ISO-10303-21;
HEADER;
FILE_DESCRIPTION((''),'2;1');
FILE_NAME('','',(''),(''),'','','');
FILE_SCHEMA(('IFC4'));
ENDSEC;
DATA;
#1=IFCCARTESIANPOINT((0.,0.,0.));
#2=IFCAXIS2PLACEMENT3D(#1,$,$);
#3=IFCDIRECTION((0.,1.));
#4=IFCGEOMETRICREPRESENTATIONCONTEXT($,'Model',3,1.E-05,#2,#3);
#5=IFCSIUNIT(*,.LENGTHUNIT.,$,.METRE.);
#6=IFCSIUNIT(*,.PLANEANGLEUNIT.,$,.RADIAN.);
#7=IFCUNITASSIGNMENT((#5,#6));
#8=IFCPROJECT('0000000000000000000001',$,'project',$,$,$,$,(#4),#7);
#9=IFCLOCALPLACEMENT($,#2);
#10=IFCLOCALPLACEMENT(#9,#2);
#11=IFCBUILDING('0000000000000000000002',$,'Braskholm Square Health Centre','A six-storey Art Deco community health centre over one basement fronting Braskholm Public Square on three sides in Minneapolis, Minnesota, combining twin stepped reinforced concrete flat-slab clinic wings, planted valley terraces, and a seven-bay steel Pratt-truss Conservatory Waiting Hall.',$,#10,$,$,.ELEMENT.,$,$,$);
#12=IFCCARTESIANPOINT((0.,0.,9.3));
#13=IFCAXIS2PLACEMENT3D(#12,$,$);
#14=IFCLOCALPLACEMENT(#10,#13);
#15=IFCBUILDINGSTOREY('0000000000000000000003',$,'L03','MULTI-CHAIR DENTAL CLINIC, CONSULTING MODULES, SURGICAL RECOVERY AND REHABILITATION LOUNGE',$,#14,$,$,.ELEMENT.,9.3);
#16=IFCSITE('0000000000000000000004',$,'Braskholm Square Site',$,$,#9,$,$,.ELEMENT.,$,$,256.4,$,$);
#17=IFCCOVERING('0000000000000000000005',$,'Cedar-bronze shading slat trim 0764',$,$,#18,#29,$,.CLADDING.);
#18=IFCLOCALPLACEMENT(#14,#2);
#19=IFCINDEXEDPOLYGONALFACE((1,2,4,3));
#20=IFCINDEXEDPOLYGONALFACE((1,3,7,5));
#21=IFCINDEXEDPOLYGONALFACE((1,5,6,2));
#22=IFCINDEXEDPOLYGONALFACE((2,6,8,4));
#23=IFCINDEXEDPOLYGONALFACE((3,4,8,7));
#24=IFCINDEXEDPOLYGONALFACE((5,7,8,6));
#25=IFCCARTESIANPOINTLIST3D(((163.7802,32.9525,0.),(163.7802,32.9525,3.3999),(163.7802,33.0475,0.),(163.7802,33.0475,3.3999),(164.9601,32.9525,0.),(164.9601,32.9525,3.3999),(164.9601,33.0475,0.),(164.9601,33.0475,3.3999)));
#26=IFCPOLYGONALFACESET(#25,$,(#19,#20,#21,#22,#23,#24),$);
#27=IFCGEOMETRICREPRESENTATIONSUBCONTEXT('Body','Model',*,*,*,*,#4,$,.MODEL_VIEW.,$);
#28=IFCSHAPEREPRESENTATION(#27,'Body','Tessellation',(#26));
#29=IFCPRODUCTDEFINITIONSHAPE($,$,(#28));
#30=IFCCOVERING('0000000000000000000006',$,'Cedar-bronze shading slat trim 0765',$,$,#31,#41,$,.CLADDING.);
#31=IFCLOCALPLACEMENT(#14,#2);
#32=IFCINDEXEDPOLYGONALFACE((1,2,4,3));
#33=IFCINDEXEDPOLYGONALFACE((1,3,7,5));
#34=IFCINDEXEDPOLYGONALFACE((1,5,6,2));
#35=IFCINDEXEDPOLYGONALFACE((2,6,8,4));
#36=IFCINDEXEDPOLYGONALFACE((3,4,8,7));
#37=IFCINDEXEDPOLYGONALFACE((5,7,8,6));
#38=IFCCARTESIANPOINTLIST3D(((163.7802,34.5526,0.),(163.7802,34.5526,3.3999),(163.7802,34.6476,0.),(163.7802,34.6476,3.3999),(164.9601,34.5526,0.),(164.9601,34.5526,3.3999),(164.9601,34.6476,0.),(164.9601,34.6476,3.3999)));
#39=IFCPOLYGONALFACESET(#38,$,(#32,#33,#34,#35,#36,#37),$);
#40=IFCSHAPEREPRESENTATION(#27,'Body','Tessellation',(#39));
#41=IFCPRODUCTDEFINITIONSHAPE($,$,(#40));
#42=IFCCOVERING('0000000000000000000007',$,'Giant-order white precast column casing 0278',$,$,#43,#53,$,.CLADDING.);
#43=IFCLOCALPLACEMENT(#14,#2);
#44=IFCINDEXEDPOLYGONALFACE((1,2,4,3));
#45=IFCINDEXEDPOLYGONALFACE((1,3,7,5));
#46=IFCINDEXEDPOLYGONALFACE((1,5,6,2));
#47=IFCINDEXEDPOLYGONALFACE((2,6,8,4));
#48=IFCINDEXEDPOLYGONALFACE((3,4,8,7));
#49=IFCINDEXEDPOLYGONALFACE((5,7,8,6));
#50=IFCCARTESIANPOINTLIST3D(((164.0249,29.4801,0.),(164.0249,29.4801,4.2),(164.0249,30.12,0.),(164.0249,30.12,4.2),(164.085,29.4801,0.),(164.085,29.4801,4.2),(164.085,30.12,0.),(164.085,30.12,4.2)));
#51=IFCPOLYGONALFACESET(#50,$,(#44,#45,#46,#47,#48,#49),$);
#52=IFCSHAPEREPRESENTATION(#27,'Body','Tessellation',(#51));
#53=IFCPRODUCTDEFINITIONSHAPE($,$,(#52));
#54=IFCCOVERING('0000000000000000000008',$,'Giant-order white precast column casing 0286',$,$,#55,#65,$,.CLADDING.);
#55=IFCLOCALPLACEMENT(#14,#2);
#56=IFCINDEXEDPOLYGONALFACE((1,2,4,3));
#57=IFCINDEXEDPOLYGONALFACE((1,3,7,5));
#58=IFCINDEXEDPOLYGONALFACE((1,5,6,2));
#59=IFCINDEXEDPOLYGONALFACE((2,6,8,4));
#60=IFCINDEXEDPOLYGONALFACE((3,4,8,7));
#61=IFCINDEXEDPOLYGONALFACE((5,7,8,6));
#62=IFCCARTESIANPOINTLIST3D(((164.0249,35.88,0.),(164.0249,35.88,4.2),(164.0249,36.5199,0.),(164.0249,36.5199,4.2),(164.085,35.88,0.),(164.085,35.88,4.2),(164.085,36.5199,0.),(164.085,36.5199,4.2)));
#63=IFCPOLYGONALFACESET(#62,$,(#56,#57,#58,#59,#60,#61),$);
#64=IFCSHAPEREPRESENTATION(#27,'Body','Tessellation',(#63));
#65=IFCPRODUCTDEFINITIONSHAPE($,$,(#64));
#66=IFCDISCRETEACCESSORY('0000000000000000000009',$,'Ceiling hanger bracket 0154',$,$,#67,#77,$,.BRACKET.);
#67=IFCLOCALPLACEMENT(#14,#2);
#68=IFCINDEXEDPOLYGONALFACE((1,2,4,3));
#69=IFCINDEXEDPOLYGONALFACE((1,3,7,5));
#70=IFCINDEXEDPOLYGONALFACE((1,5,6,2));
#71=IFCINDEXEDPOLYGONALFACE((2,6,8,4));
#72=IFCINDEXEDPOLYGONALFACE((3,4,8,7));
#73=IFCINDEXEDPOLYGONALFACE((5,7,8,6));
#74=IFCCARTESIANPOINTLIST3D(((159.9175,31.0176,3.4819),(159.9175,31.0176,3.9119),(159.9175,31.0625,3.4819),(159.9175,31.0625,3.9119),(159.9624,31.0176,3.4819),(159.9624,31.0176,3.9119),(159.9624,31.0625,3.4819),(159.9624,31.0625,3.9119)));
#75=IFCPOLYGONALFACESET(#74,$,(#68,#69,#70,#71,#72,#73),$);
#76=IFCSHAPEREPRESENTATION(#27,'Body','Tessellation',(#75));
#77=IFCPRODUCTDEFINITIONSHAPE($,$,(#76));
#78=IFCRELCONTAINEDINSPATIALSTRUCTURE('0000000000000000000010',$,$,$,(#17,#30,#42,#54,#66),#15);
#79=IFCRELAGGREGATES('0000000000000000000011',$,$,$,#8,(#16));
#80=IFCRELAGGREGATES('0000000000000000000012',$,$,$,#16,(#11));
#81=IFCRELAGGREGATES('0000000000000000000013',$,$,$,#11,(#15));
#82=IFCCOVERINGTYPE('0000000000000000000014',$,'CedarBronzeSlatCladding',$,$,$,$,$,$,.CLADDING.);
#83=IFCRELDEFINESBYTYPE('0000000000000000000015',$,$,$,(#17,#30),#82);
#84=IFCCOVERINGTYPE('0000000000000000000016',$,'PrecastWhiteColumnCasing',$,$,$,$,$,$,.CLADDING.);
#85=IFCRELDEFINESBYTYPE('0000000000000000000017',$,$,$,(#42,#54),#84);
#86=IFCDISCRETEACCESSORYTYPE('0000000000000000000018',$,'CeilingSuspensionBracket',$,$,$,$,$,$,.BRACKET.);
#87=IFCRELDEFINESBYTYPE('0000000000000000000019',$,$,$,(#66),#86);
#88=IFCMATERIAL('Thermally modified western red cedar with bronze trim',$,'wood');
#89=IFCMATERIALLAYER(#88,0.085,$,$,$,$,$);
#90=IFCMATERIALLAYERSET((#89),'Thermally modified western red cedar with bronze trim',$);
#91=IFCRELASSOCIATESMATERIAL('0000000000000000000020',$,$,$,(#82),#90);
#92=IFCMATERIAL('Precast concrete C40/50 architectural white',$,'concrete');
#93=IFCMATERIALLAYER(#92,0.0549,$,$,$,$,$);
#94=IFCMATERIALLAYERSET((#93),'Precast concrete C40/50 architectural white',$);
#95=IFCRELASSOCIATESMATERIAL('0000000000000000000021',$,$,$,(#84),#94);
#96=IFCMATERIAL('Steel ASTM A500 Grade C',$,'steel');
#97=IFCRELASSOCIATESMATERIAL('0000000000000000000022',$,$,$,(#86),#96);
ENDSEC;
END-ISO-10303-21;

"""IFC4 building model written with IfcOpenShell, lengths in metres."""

from ifc_helpers import new_model, si_unit, direction, frame, origin, origin_2d, place, context, subcontext, project, spatial, rectangle, extrude, material, layer, layer_set, type_object, element, save


model = new_model("IFC4")

# Units and contexts
model_context = context("Model", 3, precision=1e-05, world=origin(), true_north=direction((0.0, 1.0)))
body_context = subcontext(model_context, "Body", "Model", "MODEL_VIEW")
ifc_project = project(units=[si_unit("LENGTHUNIT", "METRE"), si_unit("PLANEANGLEUNIT", "RADIAN")], contexts=[model_context])

# Site, building, storey
site_placement = place(None, origin())
site = spatial("IfcSite", under=ifc_project, at=site_placement, Name="Braskholm Square Site", CompositionType="ELEMENT", RefElevation=256.4)
building_placement = place(site_placement, origin())
building = spatial("IfcBuilding", under=site, at=building_placement, Name="Braskholm Square Health Centre", Description="A six-storey Art Deco community health centre over one basement fronting Braskholm Public Square on three sides in Minneapolis, Minnesota, combining twin stepped reinforced concrete flat-slab clinic wings, planted valley terraces, and a seven-bay steel Pratt-truss Conservatory Waiting Hall.", CompositionType="ELEMENT")
storey_placement = place(building_placement, frame((0.0, 0.0, 9.3)))
storey = spatial("IfcBuildingStorey", under=building, at=storey_placement, Name="L03", Description="MULTI-CHAIR DENTAL CLINIC, CONSULTING MODULES, SURGICAL RECOVERY AND REHABILITATION LOUNGE", CompositionType="ELEMENT", Elevation=9.3)

# Shared definitions
ifc_material_1 = material(Name="Precast concrete C40/50 architectural white", Category="concrete")

# Shared definitions
ifc_material_2 = material(Name="Thermally modified western red cedar with bronze trim", Category="wood")

# Coverings
ifc_layer_1 = layer(ifc_material_2, 0.085)
ifc_layer_set_1 = layer_set([ifc_layer_1], Name="Thermally modified western red cedar with bronze trim")
covering_type_1 = type_object("IfcCoveringType", Name="CedarBronzeSlatCladding", PredefinedType="CLADDING", material=ifc_layer_set_1)
for number, where, z_axis, x_axis, name in (
    (1, (164.3701, 33.0, 0.0), (0.0, 0.0, 1.0), (1.0, 0.0, 0.0), "Cedar-bronze shading slat trim 0764"),
    (2, (164.3701, 34.6001, 0.0), (0.0, 0.0, 1.0), (1.0, 0.0, 0.0), "Cedar-bronze shading slat trim 0765"),
):
    element("IfcCovering", number, at=place(storey_placement, frame(where, z_axis=z_axis, x_axis=x_axis)), inside=storey, type_object=covering_type_1, Name=name, PredefinedType="CLADDING", context=body_context, shape_type="SweptSolid", body=[
        extrude(rectangle(XDim=1.1799, YDim=0.095, at=origin_2d()), origin(), (0.0, 0.0, 1.0), 3.3999),
    ])
ifc_layer_2 = layer(ifc_material_1, 0.0549)
ifc_layer_set_2 = layer_set([ifc_layer_2], Name="Precast concrete C40/50 architectural white")
covering_type_2 = type_object("IfcCoveringType", Name="PrecastWhiteColumnCasing", PredefinedType="CLADDING", material=ifc_layer_set_2)
for number, where, z_axis, x_axis, name in (
    (3, (164.0549, 29.8, 0.0), (0.0, 0.0, 1.0), (1.0, 0.0, 0.0), "Giant-order white precast column casing 0278"),
    (4, (164.0549, 36.2, 0.0), (0.0, 0.0, 1.0), (1.0, 0.0, 0.0), "Giant-order white precast column casing 0286"),
):
    element("IfcCovering", number, at=place(storey_placement, frame(where, z_axis=z_axis, x_axis=x_axis)), inside=storey, type_object=covering_type_2, Name=name, PredefinedType="CLADDING", context=body_context, shape_type="SweptSolid", body=[
        extrude(rectangle(XDim=0.0601, YDim=0.6399, at=origin_2d()), origin(), (0.0, 0.0, 1.0), 4.2),
    ])

# Discrete accessory
ifc_material_3 = material(Name="Steel ASTM A500 Grade C", Category="steel")
discrete_accessory_type = type_object("IfcDiscreteAccessoryType", Name="CeilingSuspensionBracket", PredefinedType="BRACKET", material=ifc_material_3)
discrete_accessory_placement = place(storey_placement, frame((159.9399, 31.04, 3.4819), z_axis=(0.0, 0.0, 1.0), x_axis=(1.0, 0.0, 0.0)))
element("IfcDiscreteAccessory", 5, at=discrete_accessory_placement, inside=storey, type_object=discrete_accessory_type, Name="Ceiling hanger bracket 0154", PredefinedType="BRACKET", context=body_context, shape_type="SweptSolid", body=[
    extrude(rectangle(XDim=0.0449, YDim=0.0449, at=origin_2d()), origin(), (0.0, 0.0, 1.0), 0.4299),
])

save(model, "model.ifc")
